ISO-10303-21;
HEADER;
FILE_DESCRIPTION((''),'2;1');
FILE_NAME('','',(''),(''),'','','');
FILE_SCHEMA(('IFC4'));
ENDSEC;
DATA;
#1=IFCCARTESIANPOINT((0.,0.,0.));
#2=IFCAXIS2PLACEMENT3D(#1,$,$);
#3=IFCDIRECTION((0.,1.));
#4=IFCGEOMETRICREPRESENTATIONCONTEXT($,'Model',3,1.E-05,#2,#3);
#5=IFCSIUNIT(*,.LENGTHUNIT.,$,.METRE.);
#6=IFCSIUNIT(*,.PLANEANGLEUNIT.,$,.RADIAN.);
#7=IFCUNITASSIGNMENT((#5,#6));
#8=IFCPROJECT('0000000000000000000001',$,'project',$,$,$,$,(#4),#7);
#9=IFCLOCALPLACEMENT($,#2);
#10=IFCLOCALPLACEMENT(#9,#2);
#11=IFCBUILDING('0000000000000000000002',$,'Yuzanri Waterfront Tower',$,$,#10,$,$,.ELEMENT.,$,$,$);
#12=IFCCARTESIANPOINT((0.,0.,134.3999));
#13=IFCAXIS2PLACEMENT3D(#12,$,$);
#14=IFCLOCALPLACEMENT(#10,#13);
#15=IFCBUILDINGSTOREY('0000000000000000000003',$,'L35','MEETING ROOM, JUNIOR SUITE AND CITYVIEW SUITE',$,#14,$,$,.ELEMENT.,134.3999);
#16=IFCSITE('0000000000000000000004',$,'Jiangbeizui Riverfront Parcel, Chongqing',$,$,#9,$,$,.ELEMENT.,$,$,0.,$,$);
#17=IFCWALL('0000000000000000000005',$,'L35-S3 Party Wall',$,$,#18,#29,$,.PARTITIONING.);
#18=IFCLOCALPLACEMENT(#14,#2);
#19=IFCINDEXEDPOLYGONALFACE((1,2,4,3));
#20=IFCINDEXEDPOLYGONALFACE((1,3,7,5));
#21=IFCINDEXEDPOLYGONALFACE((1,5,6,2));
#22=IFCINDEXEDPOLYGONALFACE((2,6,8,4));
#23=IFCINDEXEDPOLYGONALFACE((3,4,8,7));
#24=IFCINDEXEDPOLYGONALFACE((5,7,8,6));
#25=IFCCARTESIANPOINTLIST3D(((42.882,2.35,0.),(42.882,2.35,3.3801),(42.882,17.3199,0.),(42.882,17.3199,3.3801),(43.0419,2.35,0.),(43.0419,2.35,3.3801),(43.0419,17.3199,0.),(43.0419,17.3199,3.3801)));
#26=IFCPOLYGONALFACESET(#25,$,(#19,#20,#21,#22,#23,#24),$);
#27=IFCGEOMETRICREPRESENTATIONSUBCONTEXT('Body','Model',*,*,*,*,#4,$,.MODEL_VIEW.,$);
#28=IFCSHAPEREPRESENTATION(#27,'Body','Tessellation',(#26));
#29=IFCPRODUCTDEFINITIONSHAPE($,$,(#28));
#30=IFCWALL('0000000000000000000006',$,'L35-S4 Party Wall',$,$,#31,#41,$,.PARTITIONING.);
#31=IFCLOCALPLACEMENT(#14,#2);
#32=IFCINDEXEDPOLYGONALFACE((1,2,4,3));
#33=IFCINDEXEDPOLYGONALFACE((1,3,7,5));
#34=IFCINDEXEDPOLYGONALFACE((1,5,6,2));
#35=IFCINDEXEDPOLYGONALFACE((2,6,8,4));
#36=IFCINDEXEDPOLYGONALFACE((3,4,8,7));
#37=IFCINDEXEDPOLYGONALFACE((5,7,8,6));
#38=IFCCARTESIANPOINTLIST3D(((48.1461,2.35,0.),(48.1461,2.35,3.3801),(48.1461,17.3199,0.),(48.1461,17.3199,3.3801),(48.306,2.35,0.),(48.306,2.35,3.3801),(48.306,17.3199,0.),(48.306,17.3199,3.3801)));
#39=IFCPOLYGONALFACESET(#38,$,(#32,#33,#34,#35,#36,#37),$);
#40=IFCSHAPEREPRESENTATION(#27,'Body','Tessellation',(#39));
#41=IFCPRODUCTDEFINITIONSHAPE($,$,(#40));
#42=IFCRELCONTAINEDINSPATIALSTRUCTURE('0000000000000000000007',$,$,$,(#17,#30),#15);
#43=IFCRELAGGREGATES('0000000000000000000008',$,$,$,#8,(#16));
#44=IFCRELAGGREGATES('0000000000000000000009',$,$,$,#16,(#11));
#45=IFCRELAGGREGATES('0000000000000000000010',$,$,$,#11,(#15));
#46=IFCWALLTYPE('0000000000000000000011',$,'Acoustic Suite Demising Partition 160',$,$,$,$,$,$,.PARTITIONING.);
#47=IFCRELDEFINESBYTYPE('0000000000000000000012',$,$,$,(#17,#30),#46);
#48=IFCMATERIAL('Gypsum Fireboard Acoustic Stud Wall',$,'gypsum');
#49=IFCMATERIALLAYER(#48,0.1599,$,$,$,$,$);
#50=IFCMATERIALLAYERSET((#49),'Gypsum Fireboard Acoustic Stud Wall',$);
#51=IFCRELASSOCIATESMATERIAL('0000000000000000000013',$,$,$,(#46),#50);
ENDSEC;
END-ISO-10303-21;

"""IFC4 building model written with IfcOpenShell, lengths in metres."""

from ifc_helpers import new_model, si_unit, direction, frame, frame_2d, origin, place, context, subcontext, project, spatial, rectangle, extrude, source, transform, mapped, material, layer, layer_set, type_object, element, save


model = new_model("IFC4")

# Units and contexts
model_context = context("Model", 3, precision=1e-05, world=origin(), true_north=direction((0.0, 1.0)))
body_context = subcontext(model_context, "Body", "Model", "MODEL_VIEW")
ifc_project = project(units=[si_unit("LENGTHUNIT", "METRE"), si_unit("PLANEANGLEUNIT", "RADIAN")], contexts=[model_context])

# Site, building, storey
site_placement = place(None, origin())
site = spatial("IfcSite", under=ifc_project, at=site_placement, Name="Jiangbeizui Riverfront Parcel, Chongqing", CompositionType="ELEMENT", RefElevation=0.0)
building_placement = place(site_placement, origin())
building = spatial("IfcBuilding", under=site, at=building_placement, Name="Yuzanri Waterfront Tower", CompositionType="ELEMENT")
storey_placement = place(building_placement, frame((0.0, 0.0, 134.3999)))
storey = spatial("IfcBuildingStorey", under=building, at=storey_placement, Name="L35", Description="MEETING ROOM, JUNIOR SUITE AND CITYVIEW SUITE", CompositionType="ELEMENT", Elevation=134.3999)

# Walls
ifc_material_1 = material(Name="Gypsum Fireboard Acoustic Stud Wall", Category="gypsum")
ifc_layer_1 = layer(ifc_material_1, 0.1599)
ifc_layer_set_1 = layer_set([ifc_layer_1], Name="Gypsum Fireboard Acoustic Stud Wall")
wall_type_1 = type_object("IfcWallType", Name="Acoustic Suite Demising Partition 160", PredefinedType="PARTITIONING", material=ifc_layer_set_1)
shared_shape_1 = source(origin(), body_context, "Body", "SweptSolid", [
    extrude(rectangle(XDim=14.97, YDim=0.1599, at=frame_2d((7.4849, 0.0))), origin(), (0.0, 0.0, 1.0), 3.3801),
])
for number, where, z_axis, x_axis, name in (
    (1, (42.9619, 2.3501, 0.0), (0.0, 0.0, 1.0), (0.0, 1.0, 0.0), "L35-S3 Party Wall"),
    (2, (48.2261, 2.3501, 0.0), (0.0, 0.0, 1.0), (0.0, 1.0, 0.0), "L35-S4 Party Wall"),
):
    element("IfcWall", number, at=place(storey_placement, frame(where, z_axis=z_axis, x_axis=x_axis)), inside=storey, type_object=wall_type_1, Name=name, PredefinedType="PARTITIONING", context=body_context, shape_type="MappedRepresentation", body=[
        mapped(shared_shape_1, transform((0.0, 0.0, 0.0), scale=1.0)),
    ])

save(model, "model.ifc")
